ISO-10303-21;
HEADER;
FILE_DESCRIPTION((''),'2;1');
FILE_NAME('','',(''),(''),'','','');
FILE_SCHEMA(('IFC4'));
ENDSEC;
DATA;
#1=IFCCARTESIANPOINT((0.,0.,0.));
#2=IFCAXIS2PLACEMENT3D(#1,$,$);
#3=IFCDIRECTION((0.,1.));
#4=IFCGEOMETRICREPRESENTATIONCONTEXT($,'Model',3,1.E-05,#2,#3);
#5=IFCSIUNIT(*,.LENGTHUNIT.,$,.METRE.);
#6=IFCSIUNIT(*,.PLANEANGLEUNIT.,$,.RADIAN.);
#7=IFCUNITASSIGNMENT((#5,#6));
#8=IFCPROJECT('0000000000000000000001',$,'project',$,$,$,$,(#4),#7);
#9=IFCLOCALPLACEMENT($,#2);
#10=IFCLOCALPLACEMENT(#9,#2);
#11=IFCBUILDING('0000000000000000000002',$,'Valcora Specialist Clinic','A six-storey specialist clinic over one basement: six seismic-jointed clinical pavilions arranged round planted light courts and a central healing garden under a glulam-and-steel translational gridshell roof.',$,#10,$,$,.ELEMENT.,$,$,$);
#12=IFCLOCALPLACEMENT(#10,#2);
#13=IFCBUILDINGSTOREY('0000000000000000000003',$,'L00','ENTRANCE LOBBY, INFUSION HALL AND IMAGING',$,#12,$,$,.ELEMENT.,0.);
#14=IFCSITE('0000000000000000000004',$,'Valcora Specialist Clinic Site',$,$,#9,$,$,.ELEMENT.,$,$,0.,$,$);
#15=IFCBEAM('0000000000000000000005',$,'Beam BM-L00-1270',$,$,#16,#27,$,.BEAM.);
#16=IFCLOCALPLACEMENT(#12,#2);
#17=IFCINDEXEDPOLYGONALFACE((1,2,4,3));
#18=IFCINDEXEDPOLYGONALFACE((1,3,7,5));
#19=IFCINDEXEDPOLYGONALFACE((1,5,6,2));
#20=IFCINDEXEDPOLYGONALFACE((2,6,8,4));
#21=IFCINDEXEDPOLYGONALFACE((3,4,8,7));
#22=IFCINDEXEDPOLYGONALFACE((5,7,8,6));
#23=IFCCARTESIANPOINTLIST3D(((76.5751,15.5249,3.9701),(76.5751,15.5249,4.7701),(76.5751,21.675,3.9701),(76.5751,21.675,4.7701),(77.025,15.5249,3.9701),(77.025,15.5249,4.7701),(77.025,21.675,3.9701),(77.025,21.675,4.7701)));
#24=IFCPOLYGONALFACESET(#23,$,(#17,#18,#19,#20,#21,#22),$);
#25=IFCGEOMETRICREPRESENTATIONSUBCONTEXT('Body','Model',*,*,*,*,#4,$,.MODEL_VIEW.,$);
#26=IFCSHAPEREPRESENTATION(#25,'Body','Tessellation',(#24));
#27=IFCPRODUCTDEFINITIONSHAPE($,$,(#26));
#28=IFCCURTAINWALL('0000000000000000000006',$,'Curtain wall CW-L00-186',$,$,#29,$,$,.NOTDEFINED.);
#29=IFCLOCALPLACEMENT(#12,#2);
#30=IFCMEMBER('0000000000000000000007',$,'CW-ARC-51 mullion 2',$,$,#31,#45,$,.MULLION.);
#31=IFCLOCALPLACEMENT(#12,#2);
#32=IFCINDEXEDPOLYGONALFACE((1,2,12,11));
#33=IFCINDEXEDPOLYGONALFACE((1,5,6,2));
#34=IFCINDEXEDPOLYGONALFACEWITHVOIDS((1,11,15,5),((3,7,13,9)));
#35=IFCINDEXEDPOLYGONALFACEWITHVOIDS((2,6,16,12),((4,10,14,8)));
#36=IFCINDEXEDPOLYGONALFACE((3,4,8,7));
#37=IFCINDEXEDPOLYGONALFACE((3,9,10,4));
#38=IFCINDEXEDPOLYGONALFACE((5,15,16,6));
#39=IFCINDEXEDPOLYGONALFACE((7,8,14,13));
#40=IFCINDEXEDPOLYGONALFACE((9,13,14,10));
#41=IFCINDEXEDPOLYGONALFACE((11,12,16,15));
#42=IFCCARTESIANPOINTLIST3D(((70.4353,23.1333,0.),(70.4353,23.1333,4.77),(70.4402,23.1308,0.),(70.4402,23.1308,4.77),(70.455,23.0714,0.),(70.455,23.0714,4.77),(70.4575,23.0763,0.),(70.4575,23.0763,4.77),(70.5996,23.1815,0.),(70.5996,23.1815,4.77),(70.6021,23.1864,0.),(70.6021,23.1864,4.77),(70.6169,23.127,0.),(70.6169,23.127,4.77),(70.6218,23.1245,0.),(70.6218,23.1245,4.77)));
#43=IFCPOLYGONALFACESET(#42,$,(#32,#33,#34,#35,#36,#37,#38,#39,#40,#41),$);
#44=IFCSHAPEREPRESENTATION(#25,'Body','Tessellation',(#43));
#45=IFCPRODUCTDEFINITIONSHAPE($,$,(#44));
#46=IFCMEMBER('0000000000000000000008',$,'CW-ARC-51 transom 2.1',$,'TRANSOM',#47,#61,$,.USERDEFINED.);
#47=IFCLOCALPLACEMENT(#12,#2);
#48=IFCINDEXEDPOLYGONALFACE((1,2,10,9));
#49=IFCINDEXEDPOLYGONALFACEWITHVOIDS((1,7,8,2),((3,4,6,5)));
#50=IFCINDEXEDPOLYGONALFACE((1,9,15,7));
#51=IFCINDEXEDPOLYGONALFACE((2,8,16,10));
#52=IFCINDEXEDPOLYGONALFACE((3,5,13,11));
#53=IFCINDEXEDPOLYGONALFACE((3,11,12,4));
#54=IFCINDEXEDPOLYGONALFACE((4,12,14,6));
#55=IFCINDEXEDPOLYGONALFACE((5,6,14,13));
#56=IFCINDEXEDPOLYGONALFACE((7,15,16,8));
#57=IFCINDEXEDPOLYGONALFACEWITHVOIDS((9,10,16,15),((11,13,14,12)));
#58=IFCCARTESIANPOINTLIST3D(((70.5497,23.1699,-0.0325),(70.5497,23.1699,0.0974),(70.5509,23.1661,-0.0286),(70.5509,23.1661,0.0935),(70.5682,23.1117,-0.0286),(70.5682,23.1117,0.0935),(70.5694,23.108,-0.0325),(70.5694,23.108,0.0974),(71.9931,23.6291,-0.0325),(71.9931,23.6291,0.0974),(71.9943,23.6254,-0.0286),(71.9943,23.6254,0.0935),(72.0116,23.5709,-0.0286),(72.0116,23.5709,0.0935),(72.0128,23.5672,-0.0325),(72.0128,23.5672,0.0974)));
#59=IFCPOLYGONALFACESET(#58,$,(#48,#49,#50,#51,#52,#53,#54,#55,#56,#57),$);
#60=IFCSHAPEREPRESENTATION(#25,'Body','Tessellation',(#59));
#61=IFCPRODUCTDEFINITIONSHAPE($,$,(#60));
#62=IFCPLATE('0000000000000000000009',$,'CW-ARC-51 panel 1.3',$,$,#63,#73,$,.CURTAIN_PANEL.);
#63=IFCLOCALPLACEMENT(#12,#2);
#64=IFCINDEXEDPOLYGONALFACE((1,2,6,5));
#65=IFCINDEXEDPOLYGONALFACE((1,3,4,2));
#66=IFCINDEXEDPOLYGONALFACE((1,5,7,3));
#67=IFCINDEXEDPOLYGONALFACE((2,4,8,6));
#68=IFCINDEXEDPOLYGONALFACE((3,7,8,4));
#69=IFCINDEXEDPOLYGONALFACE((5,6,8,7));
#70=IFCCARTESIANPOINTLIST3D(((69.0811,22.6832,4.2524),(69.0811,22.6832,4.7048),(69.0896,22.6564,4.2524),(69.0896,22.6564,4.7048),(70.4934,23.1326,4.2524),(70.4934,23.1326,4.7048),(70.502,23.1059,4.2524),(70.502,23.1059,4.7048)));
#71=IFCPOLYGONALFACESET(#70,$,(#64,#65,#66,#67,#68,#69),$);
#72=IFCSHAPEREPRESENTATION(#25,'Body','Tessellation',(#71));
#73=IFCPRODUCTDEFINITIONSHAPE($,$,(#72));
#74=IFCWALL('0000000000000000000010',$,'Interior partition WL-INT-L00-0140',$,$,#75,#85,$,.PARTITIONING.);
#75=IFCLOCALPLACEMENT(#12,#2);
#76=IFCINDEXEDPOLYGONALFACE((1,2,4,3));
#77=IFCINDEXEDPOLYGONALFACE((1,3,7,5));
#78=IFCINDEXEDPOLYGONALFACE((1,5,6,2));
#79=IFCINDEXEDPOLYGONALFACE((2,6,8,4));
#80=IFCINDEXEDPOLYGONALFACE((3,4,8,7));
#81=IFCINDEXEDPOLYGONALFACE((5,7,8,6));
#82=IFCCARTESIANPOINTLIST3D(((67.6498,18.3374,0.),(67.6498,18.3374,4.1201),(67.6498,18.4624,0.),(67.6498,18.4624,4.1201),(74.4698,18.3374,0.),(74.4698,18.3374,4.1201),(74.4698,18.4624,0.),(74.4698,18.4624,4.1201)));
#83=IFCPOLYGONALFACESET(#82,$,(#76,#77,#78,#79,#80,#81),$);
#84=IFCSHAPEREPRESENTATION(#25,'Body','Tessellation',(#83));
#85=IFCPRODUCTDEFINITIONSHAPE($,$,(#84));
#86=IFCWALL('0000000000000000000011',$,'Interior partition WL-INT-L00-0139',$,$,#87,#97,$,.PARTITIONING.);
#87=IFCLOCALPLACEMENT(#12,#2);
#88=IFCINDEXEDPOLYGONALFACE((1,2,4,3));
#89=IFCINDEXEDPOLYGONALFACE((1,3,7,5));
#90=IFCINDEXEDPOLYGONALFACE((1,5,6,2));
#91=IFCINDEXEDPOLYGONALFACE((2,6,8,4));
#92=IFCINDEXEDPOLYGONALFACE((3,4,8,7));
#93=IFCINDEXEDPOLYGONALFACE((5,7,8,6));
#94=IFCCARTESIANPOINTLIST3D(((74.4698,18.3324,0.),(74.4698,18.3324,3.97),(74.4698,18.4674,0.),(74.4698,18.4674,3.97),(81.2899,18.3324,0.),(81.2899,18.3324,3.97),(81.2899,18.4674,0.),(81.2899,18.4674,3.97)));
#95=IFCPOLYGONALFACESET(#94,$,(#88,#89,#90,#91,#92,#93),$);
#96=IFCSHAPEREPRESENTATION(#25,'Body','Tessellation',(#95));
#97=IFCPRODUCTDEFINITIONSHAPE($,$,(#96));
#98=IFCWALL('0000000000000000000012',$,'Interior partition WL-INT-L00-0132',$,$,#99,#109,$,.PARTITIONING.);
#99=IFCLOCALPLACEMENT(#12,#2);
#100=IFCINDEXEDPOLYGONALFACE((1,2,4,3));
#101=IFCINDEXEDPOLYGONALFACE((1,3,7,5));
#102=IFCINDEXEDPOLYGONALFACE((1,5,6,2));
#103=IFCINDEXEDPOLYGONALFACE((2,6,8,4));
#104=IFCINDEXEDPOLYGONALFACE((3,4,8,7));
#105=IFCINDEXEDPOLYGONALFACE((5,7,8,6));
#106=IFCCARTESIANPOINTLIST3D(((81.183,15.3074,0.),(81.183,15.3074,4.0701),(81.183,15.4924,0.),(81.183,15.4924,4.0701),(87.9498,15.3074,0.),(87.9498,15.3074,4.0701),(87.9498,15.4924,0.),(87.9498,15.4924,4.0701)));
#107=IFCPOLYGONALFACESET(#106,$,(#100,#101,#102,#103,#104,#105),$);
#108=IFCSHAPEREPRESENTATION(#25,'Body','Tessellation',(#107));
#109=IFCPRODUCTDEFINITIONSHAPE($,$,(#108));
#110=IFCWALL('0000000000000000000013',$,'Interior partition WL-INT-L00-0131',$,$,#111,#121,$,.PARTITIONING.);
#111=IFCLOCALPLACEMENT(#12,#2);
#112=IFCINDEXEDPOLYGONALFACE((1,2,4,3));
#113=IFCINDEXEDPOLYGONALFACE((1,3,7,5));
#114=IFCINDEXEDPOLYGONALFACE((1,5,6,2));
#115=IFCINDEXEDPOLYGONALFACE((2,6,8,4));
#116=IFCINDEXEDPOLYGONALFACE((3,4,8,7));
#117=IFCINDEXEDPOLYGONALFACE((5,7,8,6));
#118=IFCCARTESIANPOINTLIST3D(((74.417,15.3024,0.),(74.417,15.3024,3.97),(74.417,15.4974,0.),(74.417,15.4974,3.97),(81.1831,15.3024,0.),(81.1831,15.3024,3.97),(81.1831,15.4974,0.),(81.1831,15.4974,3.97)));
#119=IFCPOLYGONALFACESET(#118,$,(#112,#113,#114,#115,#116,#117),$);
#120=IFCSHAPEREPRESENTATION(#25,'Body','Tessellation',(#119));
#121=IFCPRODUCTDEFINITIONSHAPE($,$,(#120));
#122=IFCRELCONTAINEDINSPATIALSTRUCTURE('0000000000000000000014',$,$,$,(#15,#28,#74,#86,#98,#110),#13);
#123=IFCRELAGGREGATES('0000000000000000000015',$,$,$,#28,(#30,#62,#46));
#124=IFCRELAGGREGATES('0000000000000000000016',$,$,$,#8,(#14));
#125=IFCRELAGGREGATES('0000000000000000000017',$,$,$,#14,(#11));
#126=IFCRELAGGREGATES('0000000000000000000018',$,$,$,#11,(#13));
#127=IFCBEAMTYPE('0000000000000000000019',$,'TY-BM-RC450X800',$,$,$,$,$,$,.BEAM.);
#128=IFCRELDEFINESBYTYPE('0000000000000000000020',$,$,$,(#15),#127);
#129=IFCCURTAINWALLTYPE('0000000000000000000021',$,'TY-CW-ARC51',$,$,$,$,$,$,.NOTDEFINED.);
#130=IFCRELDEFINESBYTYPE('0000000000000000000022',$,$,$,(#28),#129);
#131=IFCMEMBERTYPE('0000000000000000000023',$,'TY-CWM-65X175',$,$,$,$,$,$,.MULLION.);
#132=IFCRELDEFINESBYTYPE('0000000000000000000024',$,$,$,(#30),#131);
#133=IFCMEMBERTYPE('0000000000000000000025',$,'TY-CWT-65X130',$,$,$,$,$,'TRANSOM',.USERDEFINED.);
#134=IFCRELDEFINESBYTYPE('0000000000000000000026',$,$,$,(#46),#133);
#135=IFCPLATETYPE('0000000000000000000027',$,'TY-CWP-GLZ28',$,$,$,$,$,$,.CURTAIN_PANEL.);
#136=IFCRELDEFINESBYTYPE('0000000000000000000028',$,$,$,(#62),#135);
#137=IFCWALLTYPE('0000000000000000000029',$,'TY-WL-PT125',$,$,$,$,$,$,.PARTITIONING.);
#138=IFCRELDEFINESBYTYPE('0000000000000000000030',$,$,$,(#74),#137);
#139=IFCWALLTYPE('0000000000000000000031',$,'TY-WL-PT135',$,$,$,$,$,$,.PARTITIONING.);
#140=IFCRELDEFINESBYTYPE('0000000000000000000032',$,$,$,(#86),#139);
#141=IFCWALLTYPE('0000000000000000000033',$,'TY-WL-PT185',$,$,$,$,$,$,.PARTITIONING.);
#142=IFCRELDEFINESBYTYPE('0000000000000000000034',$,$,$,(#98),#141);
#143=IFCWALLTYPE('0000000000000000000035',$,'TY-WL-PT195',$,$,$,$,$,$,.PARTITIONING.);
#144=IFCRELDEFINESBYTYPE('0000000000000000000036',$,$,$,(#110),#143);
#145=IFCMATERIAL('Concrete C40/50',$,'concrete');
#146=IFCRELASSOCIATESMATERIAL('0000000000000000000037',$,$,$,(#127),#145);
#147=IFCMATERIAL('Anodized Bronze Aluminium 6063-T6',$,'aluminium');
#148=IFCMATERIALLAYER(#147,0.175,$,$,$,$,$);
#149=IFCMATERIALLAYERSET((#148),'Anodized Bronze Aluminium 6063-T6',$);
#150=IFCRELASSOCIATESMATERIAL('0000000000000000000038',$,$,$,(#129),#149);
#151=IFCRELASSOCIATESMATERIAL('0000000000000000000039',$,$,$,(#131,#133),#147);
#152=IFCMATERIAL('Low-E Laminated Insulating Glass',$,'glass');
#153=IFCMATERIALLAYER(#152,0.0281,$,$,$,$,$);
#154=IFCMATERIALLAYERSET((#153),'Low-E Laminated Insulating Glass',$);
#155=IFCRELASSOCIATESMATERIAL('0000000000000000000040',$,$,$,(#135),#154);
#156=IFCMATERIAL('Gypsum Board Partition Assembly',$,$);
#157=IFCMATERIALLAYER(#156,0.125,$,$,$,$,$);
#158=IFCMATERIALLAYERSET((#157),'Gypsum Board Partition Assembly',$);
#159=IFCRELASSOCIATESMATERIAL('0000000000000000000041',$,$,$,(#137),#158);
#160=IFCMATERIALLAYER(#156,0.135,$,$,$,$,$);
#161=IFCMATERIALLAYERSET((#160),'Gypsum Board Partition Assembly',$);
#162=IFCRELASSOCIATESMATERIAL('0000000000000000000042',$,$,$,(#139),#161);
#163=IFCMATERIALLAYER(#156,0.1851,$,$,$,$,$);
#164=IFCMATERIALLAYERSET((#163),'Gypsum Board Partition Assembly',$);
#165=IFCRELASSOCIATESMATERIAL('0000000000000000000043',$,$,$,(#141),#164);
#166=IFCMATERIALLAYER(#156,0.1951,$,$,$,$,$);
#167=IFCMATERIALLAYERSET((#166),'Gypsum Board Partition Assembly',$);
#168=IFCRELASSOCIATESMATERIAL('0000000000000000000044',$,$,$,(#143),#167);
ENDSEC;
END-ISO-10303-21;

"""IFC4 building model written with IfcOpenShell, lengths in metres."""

from ifc_helpers import new_model, si_unit, direction, frame, frame_2d, origin, origin_2d, place, context, subcontext, project, spatial, rectangle, hollow_rectangle, extrude, material, layer, layer_set, material_profile, profile_set, type_object, element, aggregate, save


model = new_model("IFC4")

# Units and contexts
model_context = context("Model", 3, precision=1e-05, world=origin(), true_north=direction((0.0, 1.0)))
body_context = subcontext(model_context, "Body", "Model", "MODEL_VIEW")
ifc_project = project(units=[si_unit("LENGTHUNIT", "METRE"), si_unit("PLANEANGLEUNIT", "RADIAN")], contexts=[model_context])

# Site, building, storey
site_placement = place(None, origin())
site = spatial("IfcSite", under=ifc_project, at=site_placement, Name="Valcora Specialist Clinic Site", CompositionType="ELEMENT", RefElevation=0.0)
building_placement = place(site_placement, origin())
building = spatial("IfcBuilding", under=site, at=building_placement, Name="Valcora Specialist Clinic", Description="A six-storey specialist clinic over one basement: six seismic-jointed clinical pavilions arranged round planted light courts and a central healing garden under a glulam-and-steel translational gridshell roof.", CompositionType="ELEMENT")
storey_placement = place(building_placement, origin())
storey = spatial("IfcBuildingStorey", under=building, at=storey_placement, Name="L00", Description="ENTRANCE LOBBY, INFUSION HALL AND IMAGING", CompositionType="ELEMENT", Elevation=0.0)

# Shared definitions
ifc_material_1 = material(Name="Concrete C40/50", Category="concrete")

# Beam
ifc_material_profile_1 = material_profile(ifc_material_1, rectangle(XDim=0.45, YDim=0.8, at=origin_2d()), Name="RC-BM-450X800")
ifc_profile_set_1 = profile_set([ifc_material_profile_1], Name="Concrete C40/50")
beam_type_1 = type_object("IfcBeamType", Name="TY-BM-RC450X800", PredefinedType="BEAM", material=ifc_profile_set_1)
beam_1_placement = place(storey_placement, frame((76.8, 15.5249, 4.3701), z_axis=(0.0, 1.0, 0.0), x_axis=(-1.0, 0.0, 0.0)))
element("IfcBeam", 1, at=beam_1_placement, inside=storey, type_object=beam_type_1, Name="Beam BM-L00-1270", PredefinedType="BEAM", context=body_context, shape_type="SweptSolid", body=[
    extrude(rectangle(XDim=0.45, YDim=0.8, at=origin_2d()), origin(), (0.0, 0.0, 1.0), 6.1501),
])

# Curtain wall, members, plate
ifc_material_2 = material(Name="Anodized Bronze Aluminium 6063-T6", Category="aluminium")
ifc_layer_1 = layer(ifc_material_2, 0.175)
ifc_layer_set_1 = layer_set([ifc_layer_1], Name="Anodized Bronze Aluminium 6063-T6")
curtain_wall_type = type_object("IfcCurtainWallType", Name="TY-CW-ARC51", PredefinedType="NOTDEFINED", material=ifc_layer_set_1)
curtain_wall_placement = place(storey_placement, origin())
curtain_wall = element("IfcCurtainWall", 2, at=curtain_wall_placement, inside=storey, type_object=curtain_wall_type, Name="Curtain wall CW-L00-186", PredefinedType="NOTDEFINED")
ifc_material_profile_2 = material_profile(ifc_material_2, hollow_rectangle(XDim=0.0649, YDim=0.175, WallThickness=0.0039, at=origin_2d()), Name="AL-MUL-65X175")
ifc_profile_set_2 = profile_set([ifc_material_profile_2], Name="Anodized Bronze Aluminium 6063-T6")
member_type_1 = type_object("IfcMemberType", Name="TY-CWM-65X175", PredefinedType="MULLION", material=ifc_profile_set_2)
member_1_placement = place(storey_placement, frame((70.5286, 23.1289, 0.0), z_axis=(0.0, 0.0, 1.0), x_axis=(-0.303233, 0.952916, 0.0)))
member_1 = element("IfcMember", 3, at=member_1_placement, type_object=member_type_1, Name="CW-ARC-51 mullion 2", PredefinedType="MULLION", context=body_context, shape_type="SweptSolid", body=[
    extrude(hollow_rectangle(XDim=0.0649, YDim=0.175, WallThickness=0.0039, at=origin_2d()), origin(), (0.0, 0.0, 1.0), 4.77),
])
ifc_material_profile_3 = material_profile(ifc_material_2, hollow_rectangle(XDim=0.0649, YDim=0.1299, WallThickness=0.0039, at=origin_2d()), Name="AL-TRN-65X130")
ifc_profile_set_3 = profile_set([ifc_material_profile_3], Name="Anodized Bronze Aluminium 6063-T6")
member_type_2 = type_object("IfcMemberType", Name="TY-CWT-65X130", ElementType="TRANSOM", PredefinedType="USERDEFINED", material=ifc_profile_set_3)
member_2_placement = place(storey_placement, frame((70.5596, 23.1389, 0.0325), z_axis=(0.95293, 0.30319, 0.0), x_axis=(-0.30319, 0.95293, 0.0)))
member_2 = element("IfcMember", 4, at=member_2_placement, type_object=member_type_2, Name="CW-ARC-51 transom 2.1", ObjectType="TRANSOM", PredefinedType="USERDEFINED", context=body_context, shape_type="SweptSolid", body=[
    extrude(hollow_rectangle(XDim=0.0649, YDim=0.1299, WallThickness=0.0039, at=origin_2d()), origin(), (0.0, 0.0, 1.0), 1.5146),
])
ifc_material_3 = material(Name="Low-E Laminated Insulating Glass", Category="glass")
ifc_layer_2 = layer(ifc_material_3, 0.0281)
ifc_layer_set_2 = layer_set([ifc_layer_2], Name="Low-E Laminated Insulating Glass")
plate_type = type_object("IfcPlateType", Name="TY-CWP-GLZ28", PredefinedType="CURTAIN_PANEL", material=ifc_layer_set_2)
plate_placement = place(storey_placement, frame((69.7915, 22.8945, 4.2524), z_axis=(0.0, 0.0, 1.0), x_axis=(0.952916, 0.303233, 0.0)))
plate = element("IfcPlate", 5, at=plate_placement, type_object=plate_type, Name="CW-ARC-51 panel 1.3", PredefinedType="CURTAIN_PANEL", context=body_context, shape_type="SweptSolid", body=[
    extrude(rectangle(XDim=1.4822, YDim=0.0281, at=origin_2d()), origin(), (0.0, 0.0, 1.0), 0.4524),
])
aggregate(curtain_wall, [member_1, plate, member_2])

# Walls
ifc_material_4 = material(Name="Gypsum Board Partition Assembly")
ifc_layer_3 = layer(ifc_material_4, 0.125)
ifc_layer_set_3 = layer_set([ifc_layer_3], Name="Gypsum Board Partition Assembly")
wall_type_1 = type_object("IfcWallType", Name="TY-WL-PT125", PredefinedType="PARTITIONING", material=ifc_layer_set_3)
wall_1_placement = place(storey_placement, frame((74.47, 18.3999, 0.0), z_axis=(0.0, 0.0, 1.0), x_axis=(-1.0, 0.0, 0.0)))
element("IfcWall", 6, at=wall_1_placement, inside=storey, type_object=wall_type_1, Name="Interior partition WL-INT-L00-0140", PredefinedType="PARTITIONING", context=body_context, shape_type="SweptSolid", body=[
    extrude(rectangle(XDim=6.8201, YDim=0.125, at=frame_2d((3.4102, 0.0))), origin(), (0.0, 0.0, 1.0), 4.1201),
])
ifc_layer_4 = layer(ifc_material_4, 0.135)
ifc_layer_set_4 = layer_set([ifc_layer_4], Name="Gypsum Board Partition Assembly")
wall_type_2 = type_object("IfcWallType", Name="TY-WL-PT135", PredefinedType="PARTITIONING", material=ifc_layer_set_4)
wall_2_placement = place(storey_placement, frame((81.29, 18.3999, 0.0), z_axis=(0.0, 0.0, 1.0), x_axis=(-1.0, 0.0, 0.0)))
element("IfcWall", 7, at=wall_2_placement, inside=storey, type_object=wall_type_2, Name="Interior partition WL-INT-L00-0139", PredefinedType="PARTITIONING", context=body_context, shape_type="SweptSolid", body=[
    extrude(rectangle(XDim=6.8201, YDim=0.135, at=frame_2d((3.4102, 0.0))), origin(), (0.0, 0.0, 1.0), 3.97),
])
ifc_layer_5 = layer(ifc_material_4, 0.1851)
ifc_layer_set_5 = layer_set([ifc_layer_5], Name="Gypsum Board Partition Assembly")
wall_type_3 = type_object("IfcWallType", Name="TY-WL-PT185", PredefinedType="PARTITIONING", material=ifc_layer_set_5)
wall_3_placement = place(storey_placement, frame((81.1831, 15.3999, 0.0), z_axis=(0.0, 0.0, 1.0), x_axis=(1.0, 0.0, 0.0)))
element("IfcWall", 8, at=wall_3_placement, inside=storey, type_object=wall_type_3, Name="Interior partition WL-INT-L00-0132", PredefinedType="PARTITIONING", context=body_context, shape_type="SweptSolid", body=[
    extrude(rectangle(XDim=6.7668, YDim=0.1851, at=frame_2d((3.3833, 0.0))), origin(), (0.0, 0.0, 1.0), 4.0701),
])
ifc_layer_6 = layer(ifc_material_4, 0.1951)
ifc_layer_set_6 = layer_set([ifc_layer_6], Name="Gypsum Board Partition Assembly")
wall_type_4 = type_object("IfcWallType", Name="TY-WL-PT195", PredefinedType="PARTITIONING", material=ifc_layer_set_6)
wall_4_placement = place(storey_placement, frame((74.417, 15.3999, 0.0), z_axis=(0.0, 0.0, 1.0), x_axis=(1.0, 0.0, 0.0)))
element("IfcWall", 9, at=wall_4_placement, inside=storey, type_object=wall_type_4, Name="Interior partition WL-INT-L00-0131", PredefinedType="PARTITIONING", context=body_context, shape_type="SweptSolid", body=[
    extrude(rectangle(XDim=6.7661, YDim=0.1951, at=frame_2d((3.3831, 0.0))), origin(), (0.0, 0.0, 1.0), 3.97),
])

save(model, "model.ifc")
